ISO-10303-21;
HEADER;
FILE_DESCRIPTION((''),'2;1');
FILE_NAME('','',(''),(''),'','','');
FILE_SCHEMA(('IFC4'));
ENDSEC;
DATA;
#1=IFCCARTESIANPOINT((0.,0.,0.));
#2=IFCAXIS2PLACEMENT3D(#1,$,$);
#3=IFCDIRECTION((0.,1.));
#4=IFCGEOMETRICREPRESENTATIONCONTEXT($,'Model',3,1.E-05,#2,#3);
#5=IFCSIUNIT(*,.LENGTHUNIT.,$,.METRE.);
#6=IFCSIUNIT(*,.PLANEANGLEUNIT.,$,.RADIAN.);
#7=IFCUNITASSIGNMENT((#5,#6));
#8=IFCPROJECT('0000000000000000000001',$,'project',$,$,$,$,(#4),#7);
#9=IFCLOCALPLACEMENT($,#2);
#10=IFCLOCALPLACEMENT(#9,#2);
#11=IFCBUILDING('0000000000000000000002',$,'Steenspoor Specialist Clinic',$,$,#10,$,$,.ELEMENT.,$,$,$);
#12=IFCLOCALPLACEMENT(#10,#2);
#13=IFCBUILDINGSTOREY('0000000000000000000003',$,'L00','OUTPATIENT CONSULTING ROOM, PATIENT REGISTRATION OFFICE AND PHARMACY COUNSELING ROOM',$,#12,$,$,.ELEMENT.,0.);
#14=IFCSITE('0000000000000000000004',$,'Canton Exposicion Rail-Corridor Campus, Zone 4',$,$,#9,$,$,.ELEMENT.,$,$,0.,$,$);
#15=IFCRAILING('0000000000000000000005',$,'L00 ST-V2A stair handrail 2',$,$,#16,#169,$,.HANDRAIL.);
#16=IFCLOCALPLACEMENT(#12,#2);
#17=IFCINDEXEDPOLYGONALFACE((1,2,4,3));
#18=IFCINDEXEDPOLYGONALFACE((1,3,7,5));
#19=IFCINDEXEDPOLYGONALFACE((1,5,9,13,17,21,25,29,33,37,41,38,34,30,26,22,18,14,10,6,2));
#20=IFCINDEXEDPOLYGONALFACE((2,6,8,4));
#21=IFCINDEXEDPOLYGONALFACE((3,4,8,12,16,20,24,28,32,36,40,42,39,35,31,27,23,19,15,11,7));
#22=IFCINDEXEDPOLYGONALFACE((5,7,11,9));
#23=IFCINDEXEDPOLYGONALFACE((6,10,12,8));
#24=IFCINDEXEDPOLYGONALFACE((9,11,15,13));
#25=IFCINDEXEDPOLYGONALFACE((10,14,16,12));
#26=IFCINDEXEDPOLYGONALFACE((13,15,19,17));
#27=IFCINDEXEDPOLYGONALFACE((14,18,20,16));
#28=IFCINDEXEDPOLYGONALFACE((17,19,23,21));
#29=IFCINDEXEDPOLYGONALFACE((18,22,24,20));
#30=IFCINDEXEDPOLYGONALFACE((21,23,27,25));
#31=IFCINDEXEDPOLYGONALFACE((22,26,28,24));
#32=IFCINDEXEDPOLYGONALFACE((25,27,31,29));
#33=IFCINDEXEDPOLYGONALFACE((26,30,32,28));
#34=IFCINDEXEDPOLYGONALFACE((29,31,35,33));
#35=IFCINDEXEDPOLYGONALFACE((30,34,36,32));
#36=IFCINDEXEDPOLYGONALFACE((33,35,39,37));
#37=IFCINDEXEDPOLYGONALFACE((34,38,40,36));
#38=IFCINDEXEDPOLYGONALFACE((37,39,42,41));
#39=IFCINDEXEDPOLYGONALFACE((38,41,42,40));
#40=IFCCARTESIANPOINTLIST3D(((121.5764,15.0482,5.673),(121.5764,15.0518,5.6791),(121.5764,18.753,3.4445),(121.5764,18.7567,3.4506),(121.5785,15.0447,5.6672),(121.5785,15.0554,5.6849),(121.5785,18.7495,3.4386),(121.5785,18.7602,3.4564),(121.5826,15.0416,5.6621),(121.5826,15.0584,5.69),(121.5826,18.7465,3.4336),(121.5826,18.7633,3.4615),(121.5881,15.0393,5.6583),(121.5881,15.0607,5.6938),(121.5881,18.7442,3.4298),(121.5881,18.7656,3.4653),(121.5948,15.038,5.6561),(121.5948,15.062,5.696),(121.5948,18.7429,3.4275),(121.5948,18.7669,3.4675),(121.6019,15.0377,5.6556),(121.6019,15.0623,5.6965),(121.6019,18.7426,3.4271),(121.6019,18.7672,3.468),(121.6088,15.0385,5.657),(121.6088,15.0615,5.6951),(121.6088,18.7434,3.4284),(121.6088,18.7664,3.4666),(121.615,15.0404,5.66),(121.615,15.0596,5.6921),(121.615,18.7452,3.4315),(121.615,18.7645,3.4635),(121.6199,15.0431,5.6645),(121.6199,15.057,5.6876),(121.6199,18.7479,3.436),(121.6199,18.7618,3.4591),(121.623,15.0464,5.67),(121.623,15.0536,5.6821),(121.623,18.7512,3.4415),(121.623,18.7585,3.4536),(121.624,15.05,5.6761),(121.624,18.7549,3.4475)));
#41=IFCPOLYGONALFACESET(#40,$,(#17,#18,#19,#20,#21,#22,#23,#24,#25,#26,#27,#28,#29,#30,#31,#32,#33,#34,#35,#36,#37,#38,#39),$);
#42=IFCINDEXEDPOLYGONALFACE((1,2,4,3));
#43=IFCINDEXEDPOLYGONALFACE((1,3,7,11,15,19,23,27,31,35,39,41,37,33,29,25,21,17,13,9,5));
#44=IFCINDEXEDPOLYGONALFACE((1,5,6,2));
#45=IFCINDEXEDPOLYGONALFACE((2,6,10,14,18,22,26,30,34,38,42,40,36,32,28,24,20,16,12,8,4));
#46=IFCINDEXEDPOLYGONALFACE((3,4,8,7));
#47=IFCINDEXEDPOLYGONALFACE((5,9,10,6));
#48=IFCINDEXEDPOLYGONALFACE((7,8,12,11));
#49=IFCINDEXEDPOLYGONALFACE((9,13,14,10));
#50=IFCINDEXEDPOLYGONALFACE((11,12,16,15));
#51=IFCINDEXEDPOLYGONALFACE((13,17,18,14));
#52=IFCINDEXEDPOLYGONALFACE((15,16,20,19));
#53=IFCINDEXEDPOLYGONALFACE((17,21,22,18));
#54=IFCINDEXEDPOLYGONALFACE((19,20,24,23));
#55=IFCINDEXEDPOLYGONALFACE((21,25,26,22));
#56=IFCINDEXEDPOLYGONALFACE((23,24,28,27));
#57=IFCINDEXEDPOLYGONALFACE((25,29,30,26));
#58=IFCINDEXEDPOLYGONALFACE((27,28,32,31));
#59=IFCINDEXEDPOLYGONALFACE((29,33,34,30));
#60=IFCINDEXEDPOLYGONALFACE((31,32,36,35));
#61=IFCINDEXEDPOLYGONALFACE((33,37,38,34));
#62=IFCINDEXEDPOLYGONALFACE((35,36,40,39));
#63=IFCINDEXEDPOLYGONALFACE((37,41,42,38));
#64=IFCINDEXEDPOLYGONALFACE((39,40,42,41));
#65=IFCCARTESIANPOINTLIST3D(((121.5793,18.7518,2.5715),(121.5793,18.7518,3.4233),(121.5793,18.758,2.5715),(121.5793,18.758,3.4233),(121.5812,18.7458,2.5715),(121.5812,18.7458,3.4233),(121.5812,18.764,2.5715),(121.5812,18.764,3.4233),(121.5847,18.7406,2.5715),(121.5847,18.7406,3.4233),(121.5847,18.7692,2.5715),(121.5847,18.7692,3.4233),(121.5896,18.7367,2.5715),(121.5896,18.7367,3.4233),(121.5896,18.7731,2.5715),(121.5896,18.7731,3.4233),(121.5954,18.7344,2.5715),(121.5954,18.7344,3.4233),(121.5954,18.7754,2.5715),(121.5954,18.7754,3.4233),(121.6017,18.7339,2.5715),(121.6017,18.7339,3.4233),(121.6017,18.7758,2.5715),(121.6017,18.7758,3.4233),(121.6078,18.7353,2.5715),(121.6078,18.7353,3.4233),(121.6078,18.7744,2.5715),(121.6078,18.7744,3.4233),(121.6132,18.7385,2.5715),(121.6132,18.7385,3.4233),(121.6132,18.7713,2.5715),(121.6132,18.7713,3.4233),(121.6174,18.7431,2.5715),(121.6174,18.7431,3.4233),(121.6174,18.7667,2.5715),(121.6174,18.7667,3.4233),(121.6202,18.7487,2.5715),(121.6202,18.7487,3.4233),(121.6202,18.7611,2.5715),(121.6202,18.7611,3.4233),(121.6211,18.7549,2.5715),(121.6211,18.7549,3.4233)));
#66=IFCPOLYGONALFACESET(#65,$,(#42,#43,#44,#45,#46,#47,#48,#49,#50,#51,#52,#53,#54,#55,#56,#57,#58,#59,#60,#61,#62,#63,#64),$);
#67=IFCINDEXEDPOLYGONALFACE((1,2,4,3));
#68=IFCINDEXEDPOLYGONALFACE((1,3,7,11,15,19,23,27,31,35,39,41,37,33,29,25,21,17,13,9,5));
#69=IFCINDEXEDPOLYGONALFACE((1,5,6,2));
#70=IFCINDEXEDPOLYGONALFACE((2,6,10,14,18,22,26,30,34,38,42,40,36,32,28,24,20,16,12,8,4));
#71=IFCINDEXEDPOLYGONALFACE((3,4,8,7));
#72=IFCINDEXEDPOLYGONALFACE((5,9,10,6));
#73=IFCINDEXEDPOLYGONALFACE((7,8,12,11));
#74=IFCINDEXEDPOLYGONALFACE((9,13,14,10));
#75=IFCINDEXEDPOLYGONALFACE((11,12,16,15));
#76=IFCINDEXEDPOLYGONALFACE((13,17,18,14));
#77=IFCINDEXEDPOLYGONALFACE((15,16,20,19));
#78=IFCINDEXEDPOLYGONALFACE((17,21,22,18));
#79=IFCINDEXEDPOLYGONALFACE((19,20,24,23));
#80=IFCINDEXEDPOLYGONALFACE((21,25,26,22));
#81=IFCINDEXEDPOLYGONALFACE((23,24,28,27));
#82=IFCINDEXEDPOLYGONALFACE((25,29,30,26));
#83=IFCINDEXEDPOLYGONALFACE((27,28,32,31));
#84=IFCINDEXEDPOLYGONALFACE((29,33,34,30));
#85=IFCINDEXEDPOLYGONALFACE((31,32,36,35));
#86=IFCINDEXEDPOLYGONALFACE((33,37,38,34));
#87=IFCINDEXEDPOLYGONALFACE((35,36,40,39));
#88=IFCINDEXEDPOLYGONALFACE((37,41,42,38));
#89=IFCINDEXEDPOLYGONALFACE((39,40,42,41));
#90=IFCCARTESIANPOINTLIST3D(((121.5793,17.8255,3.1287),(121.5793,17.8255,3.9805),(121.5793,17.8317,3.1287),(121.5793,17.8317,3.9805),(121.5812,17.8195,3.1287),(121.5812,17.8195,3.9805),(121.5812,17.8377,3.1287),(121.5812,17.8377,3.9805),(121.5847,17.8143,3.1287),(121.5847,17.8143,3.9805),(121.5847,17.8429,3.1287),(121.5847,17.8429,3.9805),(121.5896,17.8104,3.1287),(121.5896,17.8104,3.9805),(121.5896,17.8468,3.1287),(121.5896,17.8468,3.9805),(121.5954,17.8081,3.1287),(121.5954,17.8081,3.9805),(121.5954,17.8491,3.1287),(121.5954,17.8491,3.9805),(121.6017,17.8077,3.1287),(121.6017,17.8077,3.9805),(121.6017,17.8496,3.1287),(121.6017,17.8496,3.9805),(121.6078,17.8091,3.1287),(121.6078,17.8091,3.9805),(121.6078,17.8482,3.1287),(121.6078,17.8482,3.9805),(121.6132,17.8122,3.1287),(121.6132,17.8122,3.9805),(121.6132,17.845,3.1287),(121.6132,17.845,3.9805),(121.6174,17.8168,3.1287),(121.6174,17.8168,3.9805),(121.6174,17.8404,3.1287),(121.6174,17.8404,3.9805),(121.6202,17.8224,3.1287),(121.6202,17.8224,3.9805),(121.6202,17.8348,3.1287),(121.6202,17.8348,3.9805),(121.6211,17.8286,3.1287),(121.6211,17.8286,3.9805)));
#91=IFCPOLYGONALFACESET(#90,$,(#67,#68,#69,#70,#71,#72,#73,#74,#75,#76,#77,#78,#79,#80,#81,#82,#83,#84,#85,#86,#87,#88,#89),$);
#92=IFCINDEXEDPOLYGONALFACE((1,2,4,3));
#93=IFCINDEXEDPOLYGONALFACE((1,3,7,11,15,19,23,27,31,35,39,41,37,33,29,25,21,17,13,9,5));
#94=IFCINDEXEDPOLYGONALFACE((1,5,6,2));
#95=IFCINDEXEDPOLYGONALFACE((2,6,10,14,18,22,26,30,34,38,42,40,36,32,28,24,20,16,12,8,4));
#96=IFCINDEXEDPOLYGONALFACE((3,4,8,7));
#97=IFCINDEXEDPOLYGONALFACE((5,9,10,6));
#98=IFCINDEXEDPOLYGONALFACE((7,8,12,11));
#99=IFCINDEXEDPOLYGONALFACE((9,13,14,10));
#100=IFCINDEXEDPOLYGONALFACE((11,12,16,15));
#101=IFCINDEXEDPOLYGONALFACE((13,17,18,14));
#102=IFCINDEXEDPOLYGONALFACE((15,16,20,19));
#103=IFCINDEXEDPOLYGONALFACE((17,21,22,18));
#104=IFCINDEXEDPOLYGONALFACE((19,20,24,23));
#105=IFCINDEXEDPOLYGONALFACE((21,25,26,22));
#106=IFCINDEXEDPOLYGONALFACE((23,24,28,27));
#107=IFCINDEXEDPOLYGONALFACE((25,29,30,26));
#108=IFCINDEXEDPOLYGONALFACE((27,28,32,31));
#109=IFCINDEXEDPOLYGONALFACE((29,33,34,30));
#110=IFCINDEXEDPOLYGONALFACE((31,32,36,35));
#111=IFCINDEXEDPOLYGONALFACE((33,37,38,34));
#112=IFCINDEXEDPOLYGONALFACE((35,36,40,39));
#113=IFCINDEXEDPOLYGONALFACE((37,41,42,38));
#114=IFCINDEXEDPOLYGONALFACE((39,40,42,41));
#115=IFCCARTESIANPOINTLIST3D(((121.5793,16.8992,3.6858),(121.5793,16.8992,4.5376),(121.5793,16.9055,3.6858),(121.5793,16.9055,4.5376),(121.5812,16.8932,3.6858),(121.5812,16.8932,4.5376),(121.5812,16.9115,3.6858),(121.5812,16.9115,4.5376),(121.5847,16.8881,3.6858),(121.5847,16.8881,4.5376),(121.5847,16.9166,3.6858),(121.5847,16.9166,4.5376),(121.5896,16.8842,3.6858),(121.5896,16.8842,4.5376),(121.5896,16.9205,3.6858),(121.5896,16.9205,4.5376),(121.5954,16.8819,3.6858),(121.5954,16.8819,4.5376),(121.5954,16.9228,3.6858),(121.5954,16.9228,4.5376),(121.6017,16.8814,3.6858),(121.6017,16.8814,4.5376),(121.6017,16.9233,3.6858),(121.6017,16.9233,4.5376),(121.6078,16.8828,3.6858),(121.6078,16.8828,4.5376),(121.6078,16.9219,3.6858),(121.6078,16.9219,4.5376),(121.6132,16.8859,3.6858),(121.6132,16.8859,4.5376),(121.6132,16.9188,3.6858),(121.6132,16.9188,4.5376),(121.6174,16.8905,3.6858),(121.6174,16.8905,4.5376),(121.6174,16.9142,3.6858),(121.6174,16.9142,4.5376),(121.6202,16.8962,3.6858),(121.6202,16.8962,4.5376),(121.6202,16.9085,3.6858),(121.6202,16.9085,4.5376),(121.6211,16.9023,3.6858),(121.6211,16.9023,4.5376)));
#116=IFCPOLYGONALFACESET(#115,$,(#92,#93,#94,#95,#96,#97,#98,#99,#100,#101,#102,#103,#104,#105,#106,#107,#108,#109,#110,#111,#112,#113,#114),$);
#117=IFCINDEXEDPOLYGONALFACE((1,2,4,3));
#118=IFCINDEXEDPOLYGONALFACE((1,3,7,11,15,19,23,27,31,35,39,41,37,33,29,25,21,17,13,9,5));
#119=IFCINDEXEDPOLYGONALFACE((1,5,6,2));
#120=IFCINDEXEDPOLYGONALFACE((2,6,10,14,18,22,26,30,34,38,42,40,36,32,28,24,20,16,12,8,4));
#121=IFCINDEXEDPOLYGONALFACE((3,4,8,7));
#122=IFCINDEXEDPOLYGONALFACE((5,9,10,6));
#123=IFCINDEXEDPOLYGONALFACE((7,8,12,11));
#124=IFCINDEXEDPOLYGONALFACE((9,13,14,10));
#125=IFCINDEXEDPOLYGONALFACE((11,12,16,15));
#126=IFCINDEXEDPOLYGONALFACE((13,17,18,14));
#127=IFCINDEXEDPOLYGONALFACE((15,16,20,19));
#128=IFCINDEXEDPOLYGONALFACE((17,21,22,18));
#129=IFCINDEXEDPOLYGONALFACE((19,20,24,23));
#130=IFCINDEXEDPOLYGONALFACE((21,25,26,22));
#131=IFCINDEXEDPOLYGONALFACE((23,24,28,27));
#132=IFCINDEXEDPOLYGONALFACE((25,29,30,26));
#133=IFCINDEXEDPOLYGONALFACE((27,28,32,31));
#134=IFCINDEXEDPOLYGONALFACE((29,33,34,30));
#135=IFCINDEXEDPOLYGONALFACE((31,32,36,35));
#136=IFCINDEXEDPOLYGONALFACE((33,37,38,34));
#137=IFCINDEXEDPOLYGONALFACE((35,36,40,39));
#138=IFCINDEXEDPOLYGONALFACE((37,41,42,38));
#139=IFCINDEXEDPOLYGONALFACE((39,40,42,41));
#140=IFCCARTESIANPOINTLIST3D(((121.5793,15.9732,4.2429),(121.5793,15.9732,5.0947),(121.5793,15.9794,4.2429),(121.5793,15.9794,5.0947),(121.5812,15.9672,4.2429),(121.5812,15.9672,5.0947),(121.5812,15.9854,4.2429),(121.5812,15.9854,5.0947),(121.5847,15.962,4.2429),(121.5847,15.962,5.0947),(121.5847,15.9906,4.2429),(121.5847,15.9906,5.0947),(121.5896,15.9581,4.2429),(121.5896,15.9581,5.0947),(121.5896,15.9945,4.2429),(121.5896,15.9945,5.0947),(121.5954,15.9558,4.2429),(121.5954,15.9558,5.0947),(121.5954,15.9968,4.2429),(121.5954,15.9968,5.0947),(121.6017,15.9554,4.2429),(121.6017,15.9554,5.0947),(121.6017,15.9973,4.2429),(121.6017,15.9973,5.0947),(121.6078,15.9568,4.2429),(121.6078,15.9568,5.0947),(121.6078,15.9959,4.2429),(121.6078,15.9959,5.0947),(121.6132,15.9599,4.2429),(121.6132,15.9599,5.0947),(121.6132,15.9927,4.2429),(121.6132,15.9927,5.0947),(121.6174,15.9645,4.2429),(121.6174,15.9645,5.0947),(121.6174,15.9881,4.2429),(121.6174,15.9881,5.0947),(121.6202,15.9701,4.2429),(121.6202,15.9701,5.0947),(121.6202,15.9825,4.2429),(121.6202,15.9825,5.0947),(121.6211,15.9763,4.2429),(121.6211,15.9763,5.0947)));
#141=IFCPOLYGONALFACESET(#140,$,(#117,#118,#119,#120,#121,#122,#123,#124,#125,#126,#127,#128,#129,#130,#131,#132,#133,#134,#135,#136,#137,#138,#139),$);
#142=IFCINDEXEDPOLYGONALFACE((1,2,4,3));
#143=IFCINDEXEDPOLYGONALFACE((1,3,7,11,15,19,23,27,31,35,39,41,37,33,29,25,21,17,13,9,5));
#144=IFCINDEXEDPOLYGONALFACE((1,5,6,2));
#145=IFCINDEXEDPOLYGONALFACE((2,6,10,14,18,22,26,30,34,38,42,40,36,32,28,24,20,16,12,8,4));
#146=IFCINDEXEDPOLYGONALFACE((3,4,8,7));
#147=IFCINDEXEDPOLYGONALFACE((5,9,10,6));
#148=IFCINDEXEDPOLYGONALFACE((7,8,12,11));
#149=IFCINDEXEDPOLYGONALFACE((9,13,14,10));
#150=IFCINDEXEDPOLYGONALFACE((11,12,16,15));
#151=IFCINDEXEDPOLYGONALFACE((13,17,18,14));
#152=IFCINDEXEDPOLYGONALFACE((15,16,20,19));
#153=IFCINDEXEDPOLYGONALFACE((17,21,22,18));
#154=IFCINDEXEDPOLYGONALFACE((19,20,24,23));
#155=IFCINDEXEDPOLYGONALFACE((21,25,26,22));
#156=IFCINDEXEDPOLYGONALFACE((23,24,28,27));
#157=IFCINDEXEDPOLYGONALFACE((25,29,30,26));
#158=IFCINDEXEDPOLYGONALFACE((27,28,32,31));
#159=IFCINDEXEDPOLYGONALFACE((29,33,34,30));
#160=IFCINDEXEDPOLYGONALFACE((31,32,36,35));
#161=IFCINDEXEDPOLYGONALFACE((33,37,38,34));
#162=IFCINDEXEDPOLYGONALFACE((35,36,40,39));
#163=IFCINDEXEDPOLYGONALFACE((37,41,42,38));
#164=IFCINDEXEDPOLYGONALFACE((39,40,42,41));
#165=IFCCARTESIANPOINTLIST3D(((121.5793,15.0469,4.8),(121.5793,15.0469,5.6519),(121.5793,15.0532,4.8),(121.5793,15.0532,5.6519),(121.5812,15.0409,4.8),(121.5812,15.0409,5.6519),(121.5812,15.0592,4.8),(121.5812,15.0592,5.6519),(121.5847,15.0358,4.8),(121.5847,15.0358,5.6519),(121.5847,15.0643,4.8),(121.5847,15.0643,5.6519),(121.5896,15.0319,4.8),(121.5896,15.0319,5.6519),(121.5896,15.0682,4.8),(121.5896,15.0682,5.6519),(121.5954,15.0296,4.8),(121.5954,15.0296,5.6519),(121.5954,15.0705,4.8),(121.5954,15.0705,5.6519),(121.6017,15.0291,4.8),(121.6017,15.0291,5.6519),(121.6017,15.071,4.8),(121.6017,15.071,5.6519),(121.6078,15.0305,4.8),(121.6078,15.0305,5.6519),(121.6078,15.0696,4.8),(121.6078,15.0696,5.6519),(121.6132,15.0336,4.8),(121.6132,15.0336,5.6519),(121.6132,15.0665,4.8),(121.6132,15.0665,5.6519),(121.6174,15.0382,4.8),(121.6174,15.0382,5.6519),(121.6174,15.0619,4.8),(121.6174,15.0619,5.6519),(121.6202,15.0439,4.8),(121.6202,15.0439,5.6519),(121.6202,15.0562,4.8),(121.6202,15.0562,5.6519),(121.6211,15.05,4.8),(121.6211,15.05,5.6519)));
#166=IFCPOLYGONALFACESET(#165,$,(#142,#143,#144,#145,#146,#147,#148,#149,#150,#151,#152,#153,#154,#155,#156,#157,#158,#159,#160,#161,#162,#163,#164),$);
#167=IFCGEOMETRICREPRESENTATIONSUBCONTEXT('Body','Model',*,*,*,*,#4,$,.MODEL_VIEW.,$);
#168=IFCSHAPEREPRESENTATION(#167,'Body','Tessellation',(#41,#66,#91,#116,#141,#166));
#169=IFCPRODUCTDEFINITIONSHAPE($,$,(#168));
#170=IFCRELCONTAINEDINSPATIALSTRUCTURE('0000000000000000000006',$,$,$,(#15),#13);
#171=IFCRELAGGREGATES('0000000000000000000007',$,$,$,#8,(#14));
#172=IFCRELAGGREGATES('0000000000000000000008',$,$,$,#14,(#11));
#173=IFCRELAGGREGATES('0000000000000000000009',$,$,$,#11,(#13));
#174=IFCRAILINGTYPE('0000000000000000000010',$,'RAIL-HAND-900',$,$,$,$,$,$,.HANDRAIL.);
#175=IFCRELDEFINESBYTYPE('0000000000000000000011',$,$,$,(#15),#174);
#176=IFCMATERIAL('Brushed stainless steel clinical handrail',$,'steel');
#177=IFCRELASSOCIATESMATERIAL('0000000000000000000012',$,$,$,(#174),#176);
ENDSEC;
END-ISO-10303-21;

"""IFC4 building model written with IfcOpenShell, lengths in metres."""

from ifc_helpers import new_model, si_unit, direction, frame, origin, origin_2d, place, context, subcontext, project, spatial, circle, extrude, material, type_object, element, save


model = new_model("IFC4")

# Units and contexts
model_context = context("Model", 3, precision=1e-05, world=origin(), true_north=direction((0.0, 1.0)))
body_context = subcontext(model_context, "Body", "Model", "MODEL_VIEW")
ifc_project = project(units=[si_unit("LENGTHUNIT", "METRE"), si_unit("PLANEANGLEUNIT", "RADIAN")], contexts=[model_context])

# Site, building, storey
site_placement = place(None, origin())
site = spatial("IfcSite", under=ifc_project, at=site_placement, Name="Canton Exposicion Rail-Corridor Campus, Zone 4", CompositionType="ELEMENT", RefElevation=0.0)
building_placement = place(site_placement, origin())
building = spatial("IfcBuilding", under=site, at=building_placement, Name="Steenspoor Specialist Clinic", CompositionType="ELEMENT")
storey_placement = place(building_placement, origin())
storey = spatial("IfcBuildingStorey", under=building, at=storey_placement, Name="L00", Description="OUTPATIENT CONSULTING ROOM, PATIENT REGISTRATION OFFICE AND PHARMACY COUNSELING ROOM", CompositionType="ELEMENT", Elevation=0.0)

# Railing
ifc_material_1 = material(Name="Brushed stainless steel clinical handrail", Category="steel")
railing_type_1 = type_object("IfcRailingType", Name="RAIL-HAND-900", PredefinedType="HANDRAIL", material=ifc_material_1)
railing_1_placement = place(storey_placement, frame((121.6001, 18.7549, 2.5715)))
element("IfcRailing", 1, at=railing_1_placement, inside=storey, type_object=railing_type_1, Name="L00 ST-V2A stair handrail 2", PredefinedType="HANDRAIL", context=body_context, shape_type="SweptSolid", body=[
    extrude(circle(Radius=0.0239, at=origin_2d()), frame((0.0, 0.0, 0.876), z_axis=(0.0, -0.856919, 0.51545), x_axis=(1.0, 0.0, 0.0)), (0.0, 0.0, 1.0), 4.3235),
    extrude(circle(Radius=0.021, at=origin_2d()), origin(), (0.0, 0.0, 1.0), 0.8518),
    extrude(circle(Radius=0.021, at=origin_2d()), frame((0.0, -0.9263, 0.5571)), (0.0, 0.0, 1.0), 0.8518),
    extrude(circle(Radius=0.021, at=origin_2d()), frame((0.0, -1.8525, 1.1143)), (0.0, 0.0, 1.0), 0.8518),
    extrude(circle(Radius=0.021, at=origin_2d()), frame((0.0, -2.7786, 1.6714)), (0.0, 0.0, 1.0), 0.8518),
    extrude(circle(Radius=0.021, at=origin_2d()), frame((0.0, -3.7048, 2.2285)), (0.0, 0.0, 1.0), 0.8518),
])

save(model, "model.ifc")
